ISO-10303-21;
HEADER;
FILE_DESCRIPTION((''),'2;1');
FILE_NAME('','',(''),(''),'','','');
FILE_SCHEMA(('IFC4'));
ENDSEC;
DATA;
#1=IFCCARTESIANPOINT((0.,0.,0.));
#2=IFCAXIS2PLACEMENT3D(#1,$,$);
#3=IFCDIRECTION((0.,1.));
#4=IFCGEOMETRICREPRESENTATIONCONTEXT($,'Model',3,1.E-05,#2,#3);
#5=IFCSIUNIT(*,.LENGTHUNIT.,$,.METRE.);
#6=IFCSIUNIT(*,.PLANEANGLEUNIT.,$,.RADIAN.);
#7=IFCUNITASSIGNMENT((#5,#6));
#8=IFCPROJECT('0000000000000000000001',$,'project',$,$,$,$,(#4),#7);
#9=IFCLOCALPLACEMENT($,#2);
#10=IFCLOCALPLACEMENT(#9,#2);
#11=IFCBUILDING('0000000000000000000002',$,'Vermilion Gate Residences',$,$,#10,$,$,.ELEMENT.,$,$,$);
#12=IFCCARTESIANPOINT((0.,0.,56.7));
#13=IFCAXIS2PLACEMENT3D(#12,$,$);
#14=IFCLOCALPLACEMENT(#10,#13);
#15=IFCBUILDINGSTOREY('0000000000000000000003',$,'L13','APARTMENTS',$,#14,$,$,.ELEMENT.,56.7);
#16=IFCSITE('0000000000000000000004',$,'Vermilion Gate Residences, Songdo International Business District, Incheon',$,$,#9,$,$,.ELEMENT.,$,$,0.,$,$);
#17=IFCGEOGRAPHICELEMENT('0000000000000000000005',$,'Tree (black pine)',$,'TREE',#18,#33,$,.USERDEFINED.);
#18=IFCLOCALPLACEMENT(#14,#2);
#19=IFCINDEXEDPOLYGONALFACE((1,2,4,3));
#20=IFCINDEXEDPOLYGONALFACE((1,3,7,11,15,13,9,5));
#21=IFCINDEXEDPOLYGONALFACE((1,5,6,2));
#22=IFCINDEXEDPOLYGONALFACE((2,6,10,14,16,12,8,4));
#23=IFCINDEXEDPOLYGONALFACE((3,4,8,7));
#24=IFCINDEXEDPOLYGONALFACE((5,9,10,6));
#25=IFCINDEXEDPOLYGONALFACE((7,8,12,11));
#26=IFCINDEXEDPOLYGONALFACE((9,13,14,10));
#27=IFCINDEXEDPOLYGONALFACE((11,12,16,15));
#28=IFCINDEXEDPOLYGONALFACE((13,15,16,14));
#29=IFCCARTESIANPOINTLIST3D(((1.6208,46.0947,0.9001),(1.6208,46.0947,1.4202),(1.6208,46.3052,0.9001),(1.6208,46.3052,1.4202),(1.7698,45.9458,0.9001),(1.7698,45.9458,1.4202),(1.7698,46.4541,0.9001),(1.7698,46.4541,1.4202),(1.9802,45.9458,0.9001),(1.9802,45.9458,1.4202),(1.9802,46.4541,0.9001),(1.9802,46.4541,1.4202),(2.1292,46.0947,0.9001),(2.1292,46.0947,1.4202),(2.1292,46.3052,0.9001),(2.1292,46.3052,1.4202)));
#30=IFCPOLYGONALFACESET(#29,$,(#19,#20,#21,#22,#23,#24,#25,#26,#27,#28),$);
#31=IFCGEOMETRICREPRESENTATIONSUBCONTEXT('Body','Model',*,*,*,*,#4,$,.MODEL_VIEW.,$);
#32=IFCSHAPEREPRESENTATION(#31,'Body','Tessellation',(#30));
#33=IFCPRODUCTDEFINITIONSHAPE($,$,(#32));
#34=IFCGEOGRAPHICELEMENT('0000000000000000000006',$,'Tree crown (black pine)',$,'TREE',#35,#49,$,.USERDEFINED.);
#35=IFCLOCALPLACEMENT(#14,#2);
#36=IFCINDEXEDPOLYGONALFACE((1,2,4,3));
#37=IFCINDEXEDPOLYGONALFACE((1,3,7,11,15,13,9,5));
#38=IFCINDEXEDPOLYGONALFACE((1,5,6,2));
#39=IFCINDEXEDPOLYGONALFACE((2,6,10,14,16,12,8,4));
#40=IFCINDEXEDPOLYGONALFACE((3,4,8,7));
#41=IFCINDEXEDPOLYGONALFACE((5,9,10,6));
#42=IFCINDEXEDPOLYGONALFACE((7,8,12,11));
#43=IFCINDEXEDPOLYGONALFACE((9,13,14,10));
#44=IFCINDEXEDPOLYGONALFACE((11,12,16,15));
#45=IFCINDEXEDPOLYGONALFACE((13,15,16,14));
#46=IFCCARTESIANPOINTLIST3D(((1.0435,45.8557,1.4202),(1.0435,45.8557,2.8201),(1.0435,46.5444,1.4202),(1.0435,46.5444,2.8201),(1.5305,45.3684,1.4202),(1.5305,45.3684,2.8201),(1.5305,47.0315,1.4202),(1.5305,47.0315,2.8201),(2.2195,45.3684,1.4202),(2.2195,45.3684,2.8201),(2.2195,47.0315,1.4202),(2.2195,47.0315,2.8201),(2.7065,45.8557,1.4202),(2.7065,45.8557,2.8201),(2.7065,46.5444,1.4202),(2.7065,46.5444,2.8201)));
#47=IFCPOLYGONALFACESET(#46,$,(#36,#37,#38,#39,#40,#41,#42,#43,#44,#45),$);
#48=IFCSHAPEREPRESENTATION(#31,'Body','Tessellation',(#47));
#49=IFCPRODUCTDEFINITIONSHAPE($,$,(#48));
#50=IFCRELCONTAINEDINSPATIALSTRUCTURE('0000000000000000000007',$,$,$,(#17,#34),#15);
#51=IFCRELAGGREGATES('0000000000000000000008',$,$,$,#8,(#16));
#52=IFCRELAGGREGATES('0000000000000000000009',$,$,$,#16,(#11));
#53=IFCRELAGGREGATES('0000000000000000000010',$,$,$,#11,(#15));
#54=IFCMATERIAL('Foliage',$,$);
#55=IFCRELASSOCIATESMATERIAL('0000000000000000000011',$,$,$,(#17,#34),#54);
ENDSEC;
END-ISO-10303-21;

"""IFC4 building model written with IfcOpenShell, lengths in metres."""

from ifc_helpers import new_model, si_unit, direction, frame, origin, place, context, subcontext, project, spatial, polyline, outline, extrude, material, element, save


model = new_model("IFC4")

# Units and contexts
model_context = context("Model", 3, precision=1e-05, world=origin(), true_north=direction((0.0, 1.0)))
body_context = subcontext(model_context, "Body", "Model", "MODEL_VIEW")
ifc_project = project(units=[si_unit("LENGTHUNIT", "METRE"), si_unit("PLANEANGLEUNIT", "RADIAN")], contexts=[model_context])

# Site, building, storey
site_placement = place(None, origin())
site = spatial("IfcSite", under=ifc_project, at=site_placement, Name="Vermilion Gate Residences, Songdo International Business District, Incheon", CompositionType="ELEMENT", RefElevation=0.0)
building_placement = place(site_placement, origin())
building = spatial("IfcBuilding", under=site, at=building_placement, Name="Vermilion Gate Residences", CompositionType="ELEMENT")
storey_placement = place(building_placement, frame((0.0, 0.0, 56.7)))
storey = spatial("IfcBuildingStorey", under=building, at=storey_placement, Name="L13", Description="APARTMENTS", CompositionType="ELEMENT", Elevation=56.7)

# Geographic elements
ifc_material_1 = material(Name="Foliage")
geographic_element_1_placement = place(storey_placement, frame((0.0, 0.0, 0.9001)))
element("IfcGeographicElement", 1, at=geographic_element_1_placement, inside=storey, material=ifc_material_1, Name="Tree (black pine)", ObjectType="TREE", PredefinedType="USERDEFINED", context=body_context, shape_type="SweptSolid", body=[
    extrude(outline(polyline([(2.1292, 46.3052), (1.9802, 46.4541), (1.7698, 46.4541), (1.6208, 46.3052), (1.6208, 46.0947), (1.7698, 45.9458), (1.9802, 45.9458), (2.1292, 46.0947), (2.1292, 46.3052)])), origin(), (0.0, 0.0, 1.0), 0.52),
])
geographic_element_2_placement = place(storey_placement, frame((0.0, 0.0, 1.4202)))
element("IfcGeographicElement", 2, at=geographic_element_2_placement, inside=storey, material=ifc_material_1, Name="Tree crown (black pine)", ObjectType="TREE", PredefinedType="USERDEFINED", context=body_context, shape_type="SweptSolid", body=[
    extrude(outline(polyline([(2.7065, 46.5444), (2.2195, 47.0315), (1.5305, 47.0315), (1.0435, 46.5444), (1.0435, 45.8557), (1.5305, 45.3684), (2.2195, 45.3684), (2.7065, 45.8557), (2.7065, 46.5444)])), origin(), (0.0, 0.0, 1.0), 1.3999),
])

save(model, "model.ifc")
